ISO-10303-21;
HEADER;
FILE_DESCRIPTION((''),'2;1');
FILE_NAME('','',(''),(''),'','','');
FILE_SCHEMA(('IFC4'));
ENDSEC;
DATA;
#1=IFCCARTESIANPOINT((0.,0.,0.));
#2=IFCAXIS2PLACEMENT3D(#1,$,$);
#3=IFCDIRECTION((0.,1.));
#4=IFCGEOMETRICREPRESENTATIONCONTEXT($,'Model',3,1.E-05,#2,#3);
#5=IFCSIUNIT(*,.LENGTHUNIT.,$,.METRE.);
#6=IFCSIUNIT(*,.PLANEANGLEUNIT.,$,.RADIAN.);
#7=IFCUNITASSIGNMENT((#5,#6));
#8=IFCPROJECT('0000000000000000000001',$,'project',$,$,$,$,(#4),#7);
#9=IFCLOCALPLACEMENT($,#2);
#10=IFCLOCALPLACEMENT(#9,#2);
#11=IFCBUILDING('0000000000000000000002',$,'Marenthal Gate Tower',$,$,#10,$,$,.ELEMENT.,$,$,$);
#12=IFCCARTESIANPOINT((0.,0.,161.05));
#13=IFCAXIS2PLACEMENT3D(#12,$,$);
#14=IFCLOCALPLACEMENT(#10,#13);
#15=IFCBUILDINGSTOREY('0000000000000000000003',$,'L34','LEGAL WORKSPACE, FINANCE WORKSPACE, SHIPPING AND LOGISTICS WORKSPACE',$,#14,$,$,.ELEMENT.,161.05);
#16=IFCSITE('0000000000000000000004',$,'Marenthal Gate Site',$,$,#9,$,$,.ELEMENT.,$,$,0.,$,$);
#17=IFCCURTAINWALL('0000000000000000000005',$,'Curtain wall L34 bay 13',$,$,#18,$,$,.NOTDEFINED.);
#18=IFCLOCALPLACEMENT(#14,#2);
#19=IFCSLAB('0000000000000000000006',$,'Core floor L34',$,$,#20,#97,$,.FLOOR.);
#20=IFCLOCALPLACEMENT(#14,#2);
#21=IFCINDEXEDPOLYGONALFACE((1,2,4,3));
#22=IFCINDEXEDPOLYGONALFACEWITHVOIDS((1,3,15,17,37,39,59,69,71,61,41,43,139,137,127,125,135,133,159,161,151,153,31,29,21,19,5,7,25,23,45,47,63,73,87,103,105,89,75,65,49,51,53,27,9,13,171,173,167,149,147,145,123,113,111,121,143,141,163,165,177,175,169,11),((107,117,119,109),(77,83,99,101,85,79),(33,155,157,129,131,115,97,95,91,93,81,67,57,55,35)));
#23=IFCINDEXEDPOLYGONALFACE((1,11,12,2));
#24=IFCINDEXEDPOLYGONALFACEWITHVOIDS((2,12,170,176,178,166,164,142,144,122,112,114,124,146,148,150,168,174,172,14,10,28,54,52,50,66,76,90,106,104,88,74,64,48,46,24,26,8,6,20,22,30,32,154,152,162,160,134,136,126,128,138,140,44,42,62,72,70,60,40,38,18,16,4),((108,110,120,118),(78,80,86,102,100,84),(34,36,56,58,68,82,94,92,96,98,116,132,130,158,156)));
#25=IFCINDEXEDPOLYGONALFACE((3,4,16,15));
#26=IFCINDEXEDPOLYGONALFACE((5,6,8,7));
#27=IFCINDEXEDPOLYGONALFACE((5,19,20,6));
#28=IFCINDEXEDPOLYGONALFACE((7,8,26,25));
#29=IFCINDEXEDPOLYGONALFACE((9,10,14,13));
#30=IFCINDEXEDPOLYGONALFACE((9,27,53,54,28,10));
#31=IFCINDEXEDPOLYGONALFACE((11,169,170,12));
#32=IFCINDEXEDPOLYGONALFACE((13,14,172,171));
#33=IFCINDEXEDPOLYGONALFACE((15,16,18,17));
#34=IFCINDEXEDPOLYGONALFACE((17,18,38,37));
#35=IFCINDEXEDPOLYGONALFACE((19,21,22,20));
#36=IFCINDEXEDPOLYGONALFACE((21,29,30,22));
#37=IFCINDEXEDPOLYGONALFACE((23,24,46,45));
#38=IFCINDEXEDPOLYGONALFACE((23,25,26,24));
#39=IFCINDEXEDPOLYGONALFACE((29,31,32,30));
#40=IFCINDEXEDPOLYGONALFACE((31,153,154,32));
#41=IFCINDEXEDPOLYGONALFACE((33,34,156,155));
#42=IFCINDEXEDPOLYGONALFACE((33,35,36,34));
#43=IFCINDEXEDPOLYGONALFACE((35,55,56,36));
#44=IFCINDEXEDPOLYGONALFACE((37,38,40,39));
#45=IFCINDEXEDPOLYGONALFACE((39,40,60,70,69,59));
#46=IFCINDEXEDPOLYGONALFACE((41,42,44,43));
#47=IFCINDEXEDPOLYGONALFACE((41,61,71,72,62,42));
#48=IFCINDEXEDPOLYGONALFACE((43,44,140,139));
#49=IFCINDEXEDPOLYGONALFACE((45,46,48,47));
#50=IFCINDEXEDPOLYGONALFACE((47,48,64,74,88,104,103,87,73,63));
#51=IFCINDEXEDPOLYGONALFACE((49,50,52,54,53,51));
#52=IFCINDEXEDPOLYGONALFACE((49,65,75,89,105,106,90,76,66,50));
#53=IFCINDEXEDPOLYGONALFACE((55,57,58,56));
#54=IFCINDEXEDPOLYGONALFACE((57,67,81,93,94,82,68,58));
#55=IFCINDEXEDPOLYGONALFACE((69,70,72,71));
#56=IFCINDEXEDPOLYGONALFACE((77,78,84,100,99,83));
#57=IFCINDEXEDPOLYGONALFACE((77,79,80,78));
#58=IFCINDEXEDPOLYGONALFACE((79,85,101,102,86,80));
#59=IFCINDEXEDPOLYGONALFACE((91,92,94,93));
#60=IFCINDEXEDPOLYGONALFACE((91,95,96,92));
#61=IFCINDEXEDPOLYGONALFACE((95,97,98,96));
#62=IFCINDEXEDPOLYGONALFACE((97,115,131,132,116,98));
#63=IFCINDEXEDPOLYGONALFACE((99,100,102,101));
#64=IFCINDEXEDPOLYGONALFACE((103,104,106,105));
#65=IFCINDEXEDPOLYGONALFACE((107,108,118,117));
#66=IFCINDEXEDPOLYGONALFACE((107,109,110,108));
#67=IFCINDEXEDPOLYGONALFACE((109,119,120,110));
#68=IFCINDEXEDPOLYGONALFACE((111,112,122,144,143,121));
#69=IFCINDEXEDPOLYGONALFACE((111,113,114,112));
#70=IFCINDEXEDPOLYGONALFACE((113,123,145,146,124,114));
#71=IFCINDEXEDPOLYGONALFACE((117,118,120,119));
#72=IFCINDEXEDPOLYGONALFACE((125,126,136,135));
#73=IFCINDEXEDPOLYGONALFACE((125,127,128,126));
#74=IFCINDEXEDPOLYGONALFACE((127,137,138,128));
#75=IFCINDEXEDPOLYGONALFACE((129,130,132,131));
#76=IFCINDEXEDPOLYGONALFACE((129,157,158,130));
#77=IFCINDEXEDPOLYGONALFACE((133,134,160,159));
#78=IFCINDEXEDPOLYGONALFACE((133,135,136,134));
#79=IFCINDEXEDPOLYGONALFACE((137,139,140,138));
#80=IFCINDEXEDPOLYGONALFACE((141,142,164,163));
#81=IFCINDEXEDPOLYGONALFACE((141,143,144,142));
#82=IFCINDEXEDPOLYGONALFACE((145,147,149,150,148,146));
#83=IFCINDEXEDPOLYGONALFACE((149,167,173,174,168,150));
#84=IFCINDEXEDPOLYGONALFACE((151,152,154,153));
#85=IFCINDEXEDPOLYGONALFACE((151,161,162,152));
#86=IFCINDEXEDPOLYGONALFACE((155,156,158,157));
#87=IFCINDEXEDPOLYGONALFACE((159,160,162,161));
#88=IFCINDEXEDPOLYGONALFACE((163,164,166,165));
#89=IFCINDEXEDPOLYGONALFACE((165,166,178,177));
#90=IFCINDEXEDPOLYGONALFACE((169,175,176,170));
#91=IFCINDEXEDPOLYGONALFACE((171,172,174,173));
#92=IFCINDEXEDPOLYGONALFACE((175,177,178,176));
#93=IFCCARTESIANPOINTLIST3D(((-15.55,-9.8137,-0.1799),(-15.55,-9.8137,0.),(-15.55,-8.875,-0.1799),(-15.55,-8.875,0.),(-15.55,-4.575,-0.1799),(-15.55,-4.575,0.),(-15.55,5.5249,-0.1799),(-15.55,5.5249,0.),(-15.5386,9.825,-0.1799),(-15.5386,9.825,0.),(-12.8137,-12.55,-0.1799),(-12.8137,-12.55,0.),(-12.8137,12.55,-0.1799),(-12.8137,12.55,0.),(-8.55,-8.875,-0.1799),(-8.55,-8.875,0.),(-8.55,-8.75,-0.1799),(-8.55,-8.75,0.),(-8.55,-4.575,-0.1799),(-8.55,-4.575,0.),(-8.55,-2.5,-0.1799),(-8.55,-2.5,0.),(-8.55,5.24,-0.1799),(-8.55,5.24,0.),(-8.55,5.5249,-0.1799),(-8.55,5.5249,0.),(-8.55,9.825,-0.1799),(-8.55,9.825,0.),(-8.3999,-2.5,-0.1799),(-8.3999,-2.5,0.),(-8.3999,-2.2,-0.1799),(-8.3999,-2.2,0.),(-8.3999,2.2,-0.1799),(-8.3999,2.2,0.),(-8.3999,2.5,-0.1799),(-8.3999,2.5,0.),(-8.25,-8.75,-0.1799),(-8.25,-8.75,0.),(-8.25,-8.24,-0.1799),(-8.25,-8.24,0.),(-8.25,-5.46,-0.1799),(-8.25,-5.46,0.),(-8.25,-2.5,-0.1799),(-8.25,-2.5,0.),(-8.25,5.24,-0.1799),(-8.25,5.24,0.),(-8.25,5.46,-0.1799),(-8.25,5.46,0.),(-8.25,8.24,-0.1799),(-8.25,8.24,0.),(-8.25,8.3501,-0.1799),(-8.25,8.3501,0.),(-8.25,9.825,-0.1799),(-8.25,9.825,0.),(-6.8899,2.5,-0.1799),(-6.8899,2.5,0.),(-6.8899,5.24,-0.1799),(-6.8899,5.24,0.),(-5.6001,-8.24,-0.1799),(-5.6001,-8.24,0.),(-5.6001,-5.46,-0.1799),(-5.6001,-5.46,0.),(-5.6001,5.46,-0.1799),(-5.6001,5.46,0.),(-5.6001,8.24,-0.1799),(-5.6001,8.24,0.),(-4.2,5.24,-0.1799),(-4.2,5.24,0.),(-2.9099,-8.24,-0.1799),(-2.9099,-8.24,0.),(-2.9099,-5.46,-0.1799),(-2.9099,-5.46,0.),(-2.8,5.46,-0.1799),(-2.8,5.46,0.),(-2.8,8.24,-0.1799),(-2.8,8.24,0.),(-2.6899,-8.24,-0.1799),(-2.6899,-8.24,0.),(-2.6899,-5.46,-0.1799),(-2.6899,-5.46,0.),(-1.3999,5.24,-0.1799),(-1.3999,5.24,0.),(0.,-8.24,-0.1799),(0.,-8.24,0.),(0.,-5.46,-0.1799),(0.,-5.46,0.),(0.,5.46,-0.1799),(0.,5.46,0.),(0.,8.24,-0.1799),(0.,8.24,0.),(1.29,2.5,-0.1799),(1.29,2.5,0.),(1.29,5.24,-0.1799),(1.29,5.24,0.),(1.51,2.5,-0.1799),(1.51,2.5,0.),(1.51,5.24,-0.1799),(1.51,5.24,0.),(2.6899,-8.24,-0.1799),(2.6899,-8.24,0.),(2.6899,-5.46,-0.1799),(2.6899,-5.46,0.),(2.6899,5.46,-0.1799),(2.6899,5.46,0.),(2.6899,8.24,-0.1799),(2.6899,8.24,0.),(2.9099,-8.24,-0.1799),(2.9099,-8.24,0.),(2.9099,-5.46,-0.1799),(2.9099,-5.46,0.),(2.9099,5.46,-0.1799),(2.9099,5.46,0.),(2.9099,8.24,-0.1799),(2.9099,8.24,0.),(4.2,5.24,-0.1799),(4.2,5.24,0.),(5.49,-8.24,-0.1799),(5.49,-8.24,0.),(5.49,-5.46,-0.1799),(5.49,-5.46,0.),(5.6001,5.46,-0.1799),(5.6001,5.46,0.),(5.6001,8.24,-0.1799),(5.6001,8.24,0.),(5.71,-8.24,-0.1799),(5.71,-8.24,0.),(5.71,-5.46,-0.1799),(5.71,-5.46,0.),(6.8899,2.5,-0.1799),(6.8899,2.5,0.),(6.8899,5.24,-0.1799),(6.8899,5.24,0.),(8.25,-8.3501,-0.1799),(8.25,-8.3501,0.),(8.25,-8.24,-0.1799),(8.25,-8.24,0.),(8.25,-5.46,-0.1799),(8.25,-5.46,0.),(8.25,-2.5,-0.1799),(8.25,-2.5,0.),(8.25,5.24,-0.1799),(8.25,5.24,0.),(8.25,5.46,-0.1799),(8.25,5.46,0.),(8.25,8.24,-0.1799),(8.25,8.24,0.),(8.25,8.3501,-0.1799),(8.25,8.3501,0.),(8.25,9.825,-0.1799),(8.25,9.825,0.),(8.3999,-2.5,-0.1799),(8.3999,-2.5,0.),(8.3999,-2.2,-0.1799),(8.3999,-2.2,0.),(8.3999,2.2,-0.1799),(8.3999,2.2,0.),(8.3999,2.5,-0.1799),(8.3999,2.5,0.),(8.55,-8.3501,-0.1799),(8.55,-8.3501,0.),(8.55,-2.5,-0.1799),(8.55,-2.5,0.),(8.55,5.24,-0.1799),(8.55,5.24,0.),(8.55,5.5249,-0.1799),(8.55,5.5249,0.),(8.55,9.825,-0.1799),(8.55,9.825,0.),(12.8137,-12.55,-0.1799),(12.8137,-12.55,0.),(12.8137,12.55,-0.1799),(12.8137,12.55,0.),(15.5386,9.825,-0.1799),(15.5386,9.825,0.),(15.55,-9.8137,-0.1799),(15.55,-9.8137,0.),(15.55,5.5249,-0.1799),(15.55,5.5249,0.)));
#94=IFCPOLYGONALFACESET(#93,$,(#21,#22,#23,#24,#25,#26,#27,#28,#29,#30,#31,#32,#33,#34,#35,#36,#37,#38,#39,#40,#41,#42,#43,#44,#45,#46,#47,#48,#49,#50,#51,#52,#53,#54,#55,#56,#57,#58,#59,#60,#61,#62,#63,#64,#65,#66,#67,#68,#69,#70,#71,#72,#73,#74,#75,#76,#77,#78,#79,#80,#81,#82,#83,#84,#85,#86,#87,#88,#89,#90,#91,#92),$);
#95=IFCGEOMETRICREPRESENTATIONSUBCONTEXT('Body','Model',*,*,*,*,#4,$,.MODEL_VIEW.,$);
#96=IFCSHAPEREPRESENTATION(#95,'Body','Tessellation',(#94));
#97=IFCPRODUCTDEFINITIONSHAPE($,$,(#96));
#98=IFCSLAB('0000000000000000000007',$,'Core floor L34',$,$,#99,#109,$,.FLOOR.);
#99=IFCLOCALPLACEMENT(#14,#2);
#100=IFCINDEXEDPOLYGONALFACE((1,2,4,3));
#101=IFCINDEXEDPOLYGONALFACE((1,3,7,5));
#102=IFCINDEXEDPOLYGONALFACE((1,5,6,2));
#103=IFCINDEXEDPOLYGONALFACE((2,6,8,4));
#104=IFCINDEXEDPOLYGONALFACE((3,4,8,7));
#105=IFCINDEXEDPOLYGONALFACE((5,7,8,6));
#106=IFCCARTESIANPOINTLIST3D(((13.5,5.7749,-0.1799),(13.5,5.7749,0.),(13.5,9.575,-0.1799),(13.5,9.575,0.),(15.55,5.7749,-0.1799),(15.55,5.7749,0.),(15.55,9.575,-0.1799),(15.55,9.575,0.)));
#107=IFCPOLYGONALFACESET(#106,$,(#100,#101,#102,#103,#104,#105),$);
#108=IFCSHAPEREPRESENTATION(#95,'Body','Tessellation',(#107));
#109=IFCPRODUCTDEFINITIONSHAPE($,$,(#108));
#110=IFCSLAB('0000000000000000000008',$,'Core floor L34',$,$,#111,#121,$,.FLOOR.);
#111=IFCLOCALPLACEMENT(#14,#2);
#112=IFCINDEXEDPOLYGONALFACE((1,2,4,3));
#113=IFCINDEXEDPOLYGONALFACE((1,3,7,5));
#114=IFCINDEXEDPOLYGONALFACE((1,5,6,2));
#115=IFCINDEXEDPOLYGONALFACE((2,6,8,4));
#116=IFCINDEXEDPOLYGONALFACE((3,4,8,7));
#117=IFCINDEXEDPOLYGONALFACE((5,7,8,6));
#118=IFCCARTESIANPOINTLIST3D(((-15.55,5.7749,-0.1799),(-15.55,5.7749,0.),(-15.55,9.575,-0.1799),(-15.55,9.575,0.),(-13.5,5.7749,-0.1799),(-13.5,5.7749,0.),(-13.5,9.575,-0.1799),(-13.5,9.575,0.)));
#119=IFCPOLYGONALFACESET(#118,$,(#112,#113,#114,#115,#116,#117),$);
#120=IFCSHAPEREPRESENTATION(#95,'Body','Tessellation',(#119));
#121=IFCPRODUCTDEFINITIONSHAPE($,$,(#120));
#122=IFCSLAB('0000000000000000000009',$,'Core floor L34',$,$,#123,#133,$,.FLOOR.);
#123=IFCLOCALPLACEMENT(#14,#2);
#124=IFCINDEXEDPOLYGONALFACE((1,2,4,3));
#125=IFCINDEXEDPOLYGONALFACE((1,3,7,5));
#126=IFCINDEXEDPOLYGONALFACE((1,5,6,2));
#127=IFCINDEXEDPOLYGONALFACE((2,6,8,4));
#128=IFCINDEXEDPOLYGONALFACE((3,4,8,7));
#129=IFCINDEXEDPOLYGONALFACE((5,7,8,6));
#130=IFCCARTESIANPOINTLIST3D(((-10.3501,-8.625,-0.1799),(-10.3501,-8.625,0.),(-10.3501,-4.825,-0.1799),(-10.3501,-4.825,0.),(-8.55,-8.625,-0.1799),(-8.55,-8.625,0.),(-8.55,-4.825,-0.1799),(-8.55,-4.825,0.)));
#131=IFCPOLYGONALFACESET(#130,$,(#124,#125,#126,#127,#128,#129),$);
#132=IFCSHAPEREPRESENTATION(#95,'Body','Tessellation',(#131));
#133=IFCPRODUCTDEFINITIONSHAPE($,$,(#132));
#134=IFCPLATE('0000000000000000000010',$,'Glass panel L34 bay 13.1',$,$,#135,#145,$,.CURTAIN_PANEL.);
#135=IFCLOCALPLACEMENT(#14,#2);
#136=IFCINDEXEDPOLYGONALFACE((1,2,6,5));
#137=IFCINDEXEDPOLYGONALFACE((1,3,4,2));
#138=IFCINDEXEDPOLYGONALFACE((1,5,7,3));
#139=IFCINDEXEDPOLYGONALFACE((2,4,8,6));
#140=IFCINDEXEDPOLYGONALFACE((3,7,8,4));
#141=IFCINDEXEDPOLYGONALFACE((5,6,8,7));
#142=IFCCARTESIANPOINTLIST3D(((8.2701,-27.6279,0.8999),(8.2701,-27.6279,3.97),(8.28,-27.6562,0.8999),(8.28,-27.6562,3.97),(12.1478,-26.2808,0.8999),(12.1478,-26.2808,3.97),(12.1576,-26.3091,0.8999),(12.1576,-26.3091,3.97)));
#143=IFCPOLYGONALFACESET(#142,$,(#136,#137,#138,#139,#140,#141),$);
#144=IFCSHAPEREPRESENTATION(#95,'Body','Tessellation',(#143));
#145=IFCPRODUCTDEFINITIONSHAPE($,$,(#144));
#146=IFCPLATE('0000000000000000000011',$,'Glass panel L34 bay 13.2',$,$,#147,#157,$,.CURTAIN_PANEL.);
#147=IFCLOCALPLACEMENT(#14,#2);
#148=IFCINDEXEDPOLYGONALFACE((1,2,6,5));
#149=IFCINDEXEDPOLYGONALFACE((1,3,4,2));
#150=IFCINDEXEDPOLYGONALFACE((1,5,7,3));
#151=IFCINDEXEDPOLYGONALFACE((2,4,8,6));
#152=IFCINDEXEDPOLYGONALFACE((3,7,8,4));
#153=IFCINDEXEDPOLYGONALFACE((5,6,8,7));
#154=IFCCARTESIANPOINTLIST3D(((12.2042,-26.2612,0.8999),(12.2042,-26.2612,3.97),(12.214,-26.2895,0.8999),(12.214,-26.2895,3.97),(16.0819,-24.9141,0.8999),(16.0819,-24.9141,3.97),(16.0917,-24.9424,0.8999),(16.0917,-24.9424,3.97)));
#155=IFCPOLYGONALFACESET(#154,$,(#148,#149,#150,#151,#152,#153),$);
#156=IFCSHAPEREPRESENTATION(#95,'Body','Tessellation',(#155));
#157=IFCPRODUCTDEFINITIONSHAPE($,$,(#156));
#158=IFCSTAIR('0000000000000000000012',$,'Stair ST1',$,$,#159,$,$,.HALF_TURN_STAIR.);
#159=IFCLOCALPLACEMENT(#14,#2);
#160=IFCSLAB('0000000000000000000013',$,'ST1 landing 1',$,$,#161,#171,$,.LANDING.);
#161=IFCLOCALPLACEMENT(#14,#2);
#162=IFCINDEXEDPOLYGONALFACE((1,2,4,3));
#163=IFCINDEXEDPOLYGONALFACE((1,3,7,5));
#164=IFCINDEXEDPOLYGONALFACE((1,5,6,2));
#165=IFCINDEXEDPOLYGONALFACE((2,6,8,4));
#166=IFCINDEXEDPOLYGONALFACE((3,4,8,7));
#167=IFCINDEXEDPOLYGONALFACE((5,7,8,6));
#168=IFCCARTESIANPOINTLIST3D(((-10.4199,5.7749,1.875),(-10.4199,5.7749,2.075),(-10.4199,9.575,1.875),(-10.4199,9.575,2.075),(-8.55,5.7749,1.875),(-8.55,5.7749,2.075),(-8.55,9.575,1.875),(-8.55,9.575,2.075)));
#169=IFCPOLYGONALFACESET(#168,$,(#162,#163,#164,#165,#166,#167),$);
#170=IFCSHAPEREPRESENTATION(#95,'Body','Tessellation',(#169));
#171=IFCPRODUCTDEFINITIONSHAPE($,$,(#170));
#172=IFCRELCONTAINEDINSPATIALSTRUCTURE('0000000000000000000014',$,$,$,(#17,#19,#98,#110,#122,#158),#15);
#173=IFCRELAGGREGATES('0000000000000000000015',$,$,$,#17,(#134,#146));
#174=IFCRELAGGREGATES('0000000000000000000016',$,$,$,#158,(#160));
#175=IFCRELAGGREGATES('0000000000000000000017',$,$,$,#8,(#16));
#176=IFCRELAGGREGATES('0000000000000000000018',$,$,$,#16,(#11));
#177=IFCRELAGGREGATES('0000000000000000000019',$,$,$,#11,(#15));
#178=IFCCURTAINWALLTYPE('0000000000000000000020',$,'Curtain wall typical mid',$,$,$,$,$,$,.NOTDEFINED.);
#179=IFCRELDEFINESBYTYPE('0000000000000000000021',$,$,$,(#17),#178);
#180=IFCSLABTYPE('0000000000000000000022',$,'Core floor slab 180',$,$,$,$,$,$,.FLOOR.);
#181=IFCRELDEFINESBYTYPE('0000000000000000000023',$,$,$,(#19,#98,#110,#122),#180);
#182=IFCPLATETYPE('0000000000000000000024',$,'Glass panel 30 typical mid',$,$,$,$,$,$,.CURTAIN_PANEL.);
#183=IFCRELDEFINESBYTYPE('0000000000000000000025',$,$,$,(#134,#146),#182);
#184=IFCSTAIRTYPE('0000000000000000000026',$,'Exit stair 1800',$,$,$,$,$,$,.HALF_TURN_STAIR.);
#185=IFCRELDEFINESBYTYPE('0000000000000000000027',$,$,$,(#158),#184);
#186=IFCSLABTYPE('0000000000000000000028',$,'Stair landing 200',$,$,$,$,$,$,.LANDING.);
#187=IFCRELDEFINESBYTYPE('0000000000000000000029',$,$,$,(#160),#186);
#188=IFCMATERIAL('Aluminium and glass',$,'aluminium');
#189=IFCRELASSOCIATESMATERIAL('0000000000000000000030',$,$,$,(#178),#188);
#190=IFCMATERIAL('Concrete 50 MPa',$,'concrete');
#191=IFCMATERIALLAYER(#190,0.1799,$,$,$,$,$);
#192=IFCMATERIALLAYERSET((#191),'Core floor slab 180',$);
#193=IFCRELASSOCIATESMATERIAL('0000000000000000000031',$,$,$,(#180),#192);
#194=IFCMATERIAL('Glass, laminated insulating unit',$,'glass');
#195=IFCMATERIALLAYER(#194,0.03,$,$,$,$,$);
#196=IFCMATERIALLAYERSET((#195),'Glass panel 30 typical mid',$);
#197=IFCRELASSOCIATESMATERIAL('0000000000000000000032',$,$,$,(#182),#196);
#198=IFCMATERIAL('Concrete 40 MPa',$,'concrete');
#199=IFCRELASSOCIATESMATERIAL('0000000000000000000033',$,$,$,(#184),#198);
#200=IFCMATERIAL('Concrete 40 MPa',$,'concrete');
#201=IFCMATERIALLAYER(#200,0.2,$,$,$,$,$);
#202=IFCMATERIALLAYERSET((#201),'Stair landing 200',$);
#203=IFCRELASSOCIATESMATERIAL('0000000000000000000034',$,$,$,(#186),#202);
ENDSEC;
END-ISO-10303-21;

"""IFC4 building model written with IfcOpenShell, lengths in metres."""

from ifc_helpers import new_model, si_unit, direction, frame, origin, origin_2d, place, context, subcontext, project, spatial, polyline, rectangle, outline, extrude, material, layer, layer_set, type_object, element, aggregate, save


model = new_model("IFC4")

# Units and contexts
model_context = context("Model", 3, precision=1e-05, world=origin(), true_north=direction((0.0, 1.0)))
body_context = subcontext(model_context, "Body", "Model", "MODEL_VIEW")
ifc_project = project(units=[si_unit("LENGTHUNIT", "METRE"), si_unit("PLANEANGLEUNIT", "RADIAN")], contexts=[model_context])

# Site, building, storey
site_placement = place(None, origin())
site = spatial("IfcSite", under=ifc_project, at=site_placement, Name="Marenthal Gate Site", CompositionType="ELEMENT", RefElevation=0.0)
building_placement = place(site_placement, origin())
building = spatial("IfcBuilding", under=site, at=building_placement, Name="Marenthal Gate Tower", CompositionType="ELEMENT")
storey_placement = place(building_placement, frame((0.0, 0.0, 161.05)))
storey = spatial("IfcBuildingStorey", under=building, at=storey_placement, Name="L34", Description="LEGAL WORKSPACE, FINANCE WORKSPACE, SHIPPING AND LOGISTICS WORKSPACE", CompositionType="ELEMENT", Elevation=161.05)

# Curtain wall
ifc_material_1 = material(Name="Aluminium and glass", Category="aluminium")
curtain_wall_type = type_object("IfcCurtainWallType", Name="Curtain wall typical mid", PredefinedType="NOTDEFINED", material=ifc_material_1)
curtain_wall_placement = place(storey_placement, origin())
curtain_wall = element("IfcCurtainWall", 1, at=curtain_wall_placement, inside=storey, type_object=curtain_wall_type, Name="Curtain wall L34 bay 13", PredefinedType="NOTDEFINED")

# Slabs
ifc_material_2 = material(Name="Concrete 50 MPa", Category="concrete")
ifc_layer_1 = layer(ifc_material_2, 0.1799)
ifc_layer_set_1 = layer_set([ifc_layer_1], Name="Core floor slab 180")
slab_type_1 = type_object("IfcSlabType", Name="Core floor slab 180", PredefinedType="FLOOR", material=ifc_layer_set_1)
slab_1_placement = place(storey_placement, frame((0.0, 0.0, -0.1799)))
element("IfcSlab", 2, at=slab_1_placement, inside=storey, type_object=slab_type_1, Name="Core floor L34", PredefinedType="FLOOR", context=body_context, shape_type="SweptSolid", body=[
    extrude(outline(polyline([(12.8137, -12.55), (-12.8137, -12.55), (-15.55, -9.8137), (-15.55, -8.875), (-8.55, -8.875), (-8.55, -8.75), (-8.25, -8.75), (-8.25, -8.24), (-5.6001, -8.24), (-2.9099, -8.24), (-2.9099, -5.46), (-5.6001, -5.46), (-8.25, -5.46), (-8.25, -2.5), (8.25, -2.5), (8.25, -5.46), (5.71, -5.46), (5.71, -8.24), (8.25, -8.24), (8.25, -8.3501), (8.55, -8.3501), (8.55, -2.5), (8.3999, -2.5), (8.3999, -2.2), (-8.3999, -2.2), (-8.3999, -2.5), (-8.55, -2.5), (-8.55, -4.575), (-15.55, -4.575), (-15.55, 5.5249), (-8.55, 5.5249), (-8.55, 5.24), (-8.25, 5.24), (-8.25, 5.46), (-5.6001, 5.46), (-2.8, 5.46), (0.0, 5.46), (2.6899, 5.46), (2.6899, 8.24), (0.0, 8.24), (-2.8, 8.24), (-5.6001, 8.24), (-8.25, 8.24), (-8.25, 8.3501), (-8.25, 9.825), (-8.55, 9.825), (-15.5386, 9.825), (-12.8137, 12.55), (12.8137, 12.55), (15.5386, 9.825), (8.55, 9.825), (8.25, 9.825), (8.25, 8.3501), (8.25, 8.24), (5.6001, 8.24), (2.9099, 8.24), (2.9099, 5.46), (5.6001, 5.46), (8.25, 5.46), (8.25, 5.24), (8.55, 5.24), (8.55, 5.5249), (15.55, 5.5249), (15.55, -9.8137), (12.8137, -12.55)]), holes=[polyline([(2.6899, -8.24), (2.6899, -5.46), (0.0, -5.46), (-2.6899, -5.46), (-2.6899, -8.24), (0.0, -8.24), (2.6899, -8.24)]), polyline([(-6.8899, 5.24), (-6.8899, 2.5), (-8.3999, 2.5), (-8.3999, 2.2), (8.3999, 2.2), (8.3999, 2.5), (6.8899, 2.5), (6.8899, 5.24), (4.2, 5.24), (1.51, 5.24), (1.51, 2.5), (1.29, 2.5), (1.29, 5.24), (-1.3999, 5.24), (-4.2, 5.24), (-6.8899, 5.24)]), polyline([(5.49, -8.24), (5.49, -5.46), (2.9099, -5.46), (2.9099, -8.24), (5.49, -8.24)])]), origin(), (0.0, 0.0, 1.0), 0.1799),
])
slab_2_placement = place(storey_placement, frame((0.0, 0.0, -0.1799)))
element("IfcSlab", 3, at=slab_2_placement, inside=storey, type_object=slab_type_1, Name="Core floor L34", PredefinedType="FLOOR", context=body_context, shape_type="SweptSolid", body=[
    extrude(outline(polyline([(15.55, 5.7749), (13.5, 5.7749), (13.5, 9.575), (15.55, 9.575), (15.55, 5.7749)])), origin(), (0.0, 0.0, 1.0), 0.1799),
])
slab_3_placement = place(storey_placement, frame((0.0, 0.0, -0.1799)))
element("IfcSlab", 4, at=slab_3_placement, inside=storey, type_object=slab_type_1, Name="Core floor L34", PredefinedType="FLOOR", context=body_context, shape_type="SweptSolid", body=[
    extrude(outline(polyline([(-15.55, 9.575), (-13.5, 9.575), (-13.5, 5.7749), (-15.55, 5.7749), (-15.55, 9.575)])), origin(), (0.0, 0.0, 1.0), 0.1799),
])
slab_4_placement = place(storey_placement, frame((0.0, 0.0, -0.1799)))
element("IfcSlab", 5, at=slab_4_placement, inside=storey, type_object=slab_type_1, Name="Core floor L34", PredefinedType="FLOOR", context=body_context, shape_type="SweptSolid", body=[
    extrude(outline(polyline([(-8.55, -8.625), (-10.3501, -8.625), (-10.3501, -4.825), (-8.55, -4.825), (-8.55, -8.625)])), origin(), (0.0, 0.0, 1.0), 0.1799),
])

# Plates
ifc_material_3 = material(Name="Glass, laminated insulating unit", Category="glass")
ifc_layer_2 = layer(ifc_material_3, 0.03)
ifc_layer_set_2 = layer_set([ifc_layer_2], Name="Glass panel 30 typical mid")
plate_type = type_object("IfcPlateType", Name="Glass panel 30 typical mid", PredefinedType="CURTAIN_PANEL", material=ifc_layer_set_2)
plate_1_placement = place(storey_placement, frame((10.2139, -26.9685, 0.8999), z_axis=(0.0, 0.0, 1.0), x_axis=(0.944623, 0.328158, 0.0)))
plate_1 = element("IfcPlate", 6, at=plate_1_placement, type_object=plate_type, Name="Glass panel L34 bay 13.1", PredefinedType="CURTAIN_PANEL", context=body_context, shape_type="SweptSolid", body=[
    extrude(rectangle(XDim=4.105, YDim=0.03, at=origin_2d()), origin(), (0.0, 0.0, 1.0), 3.0701),
])
plate_2_placement = place(storey_placement, frame((14.1479, -25.6018, 0.8999), z_axis=(0.0, 0.0, 1.0), x_axis=(0.944623, 0.328158, 0.0)))
plate_2 = element("IfcPlate", 7, at=plate_2_placement, type_object=plate_type, Name="Glass panel L34 bay 13.2", PredefinedType="CURTAIN_PANEL", context=body_context, shape_type="SweptSolid", body=[
    extrude(rectangle(XDim=4.105, YDim=0.03, at=origin_2d()), origin(), (0.0, 0.0, 1.0), 3.0701),
])
aggregate(curtain_wall, [plate_1, plate_2])

# Stair, slab
ifc_material_4 = material(Name="Concrete 40 MPa", Category="concrete")
stair_type = type_object("IfcStairType", Name="Exit stair 1800", PredefinedType="HALF_TURN_STAIR", material=ifc_material_4)
stair_1_placement = place(storey_placement, origin())
stair_1 = element("IfcStair", 8, at=stair_1_placement, inside=storey, type_object=stair_type, Name="Stair ST1", PredefinedType="HALF_TURN_STAIR")
ifc_material_5 = material(Name="Concrete 40 MPa", Category="concrete")
ifc_layer_3 = layer(ifc_material_5, 0.2)
ifc_layer_set_3 = layer_set([ifc_layer_3], Name="Stair landing 200")
slab_type_2 = type_object("IfcSlabType", Name="Stair landing 200", PredefinedType="LANDING", material=ifc_layer_set_3)
slab_5_placement = place(storey_placement, frame((0.0, 0.0, 1.875)))
slab_5 = element("IfcSlab", 9, at=slab_5_placement, type_object=slab_type_2, Name="ST1 landing 1", PredefinedType="LANDING", context=body_context, shape_type="SweptSolid", body=[
    extrude(outline(polyline([(-10.4199, 5.7749), (-8.55, 5.7749), (-8.55, 9.575), (-10.4199, 9.575), (-10.4199, 5.7749)])), origin(), (0.0, 0.0, 1.0), 0.2),
])
aggregate(stair_1, [slab_5])

save(model, "model.ifc")
